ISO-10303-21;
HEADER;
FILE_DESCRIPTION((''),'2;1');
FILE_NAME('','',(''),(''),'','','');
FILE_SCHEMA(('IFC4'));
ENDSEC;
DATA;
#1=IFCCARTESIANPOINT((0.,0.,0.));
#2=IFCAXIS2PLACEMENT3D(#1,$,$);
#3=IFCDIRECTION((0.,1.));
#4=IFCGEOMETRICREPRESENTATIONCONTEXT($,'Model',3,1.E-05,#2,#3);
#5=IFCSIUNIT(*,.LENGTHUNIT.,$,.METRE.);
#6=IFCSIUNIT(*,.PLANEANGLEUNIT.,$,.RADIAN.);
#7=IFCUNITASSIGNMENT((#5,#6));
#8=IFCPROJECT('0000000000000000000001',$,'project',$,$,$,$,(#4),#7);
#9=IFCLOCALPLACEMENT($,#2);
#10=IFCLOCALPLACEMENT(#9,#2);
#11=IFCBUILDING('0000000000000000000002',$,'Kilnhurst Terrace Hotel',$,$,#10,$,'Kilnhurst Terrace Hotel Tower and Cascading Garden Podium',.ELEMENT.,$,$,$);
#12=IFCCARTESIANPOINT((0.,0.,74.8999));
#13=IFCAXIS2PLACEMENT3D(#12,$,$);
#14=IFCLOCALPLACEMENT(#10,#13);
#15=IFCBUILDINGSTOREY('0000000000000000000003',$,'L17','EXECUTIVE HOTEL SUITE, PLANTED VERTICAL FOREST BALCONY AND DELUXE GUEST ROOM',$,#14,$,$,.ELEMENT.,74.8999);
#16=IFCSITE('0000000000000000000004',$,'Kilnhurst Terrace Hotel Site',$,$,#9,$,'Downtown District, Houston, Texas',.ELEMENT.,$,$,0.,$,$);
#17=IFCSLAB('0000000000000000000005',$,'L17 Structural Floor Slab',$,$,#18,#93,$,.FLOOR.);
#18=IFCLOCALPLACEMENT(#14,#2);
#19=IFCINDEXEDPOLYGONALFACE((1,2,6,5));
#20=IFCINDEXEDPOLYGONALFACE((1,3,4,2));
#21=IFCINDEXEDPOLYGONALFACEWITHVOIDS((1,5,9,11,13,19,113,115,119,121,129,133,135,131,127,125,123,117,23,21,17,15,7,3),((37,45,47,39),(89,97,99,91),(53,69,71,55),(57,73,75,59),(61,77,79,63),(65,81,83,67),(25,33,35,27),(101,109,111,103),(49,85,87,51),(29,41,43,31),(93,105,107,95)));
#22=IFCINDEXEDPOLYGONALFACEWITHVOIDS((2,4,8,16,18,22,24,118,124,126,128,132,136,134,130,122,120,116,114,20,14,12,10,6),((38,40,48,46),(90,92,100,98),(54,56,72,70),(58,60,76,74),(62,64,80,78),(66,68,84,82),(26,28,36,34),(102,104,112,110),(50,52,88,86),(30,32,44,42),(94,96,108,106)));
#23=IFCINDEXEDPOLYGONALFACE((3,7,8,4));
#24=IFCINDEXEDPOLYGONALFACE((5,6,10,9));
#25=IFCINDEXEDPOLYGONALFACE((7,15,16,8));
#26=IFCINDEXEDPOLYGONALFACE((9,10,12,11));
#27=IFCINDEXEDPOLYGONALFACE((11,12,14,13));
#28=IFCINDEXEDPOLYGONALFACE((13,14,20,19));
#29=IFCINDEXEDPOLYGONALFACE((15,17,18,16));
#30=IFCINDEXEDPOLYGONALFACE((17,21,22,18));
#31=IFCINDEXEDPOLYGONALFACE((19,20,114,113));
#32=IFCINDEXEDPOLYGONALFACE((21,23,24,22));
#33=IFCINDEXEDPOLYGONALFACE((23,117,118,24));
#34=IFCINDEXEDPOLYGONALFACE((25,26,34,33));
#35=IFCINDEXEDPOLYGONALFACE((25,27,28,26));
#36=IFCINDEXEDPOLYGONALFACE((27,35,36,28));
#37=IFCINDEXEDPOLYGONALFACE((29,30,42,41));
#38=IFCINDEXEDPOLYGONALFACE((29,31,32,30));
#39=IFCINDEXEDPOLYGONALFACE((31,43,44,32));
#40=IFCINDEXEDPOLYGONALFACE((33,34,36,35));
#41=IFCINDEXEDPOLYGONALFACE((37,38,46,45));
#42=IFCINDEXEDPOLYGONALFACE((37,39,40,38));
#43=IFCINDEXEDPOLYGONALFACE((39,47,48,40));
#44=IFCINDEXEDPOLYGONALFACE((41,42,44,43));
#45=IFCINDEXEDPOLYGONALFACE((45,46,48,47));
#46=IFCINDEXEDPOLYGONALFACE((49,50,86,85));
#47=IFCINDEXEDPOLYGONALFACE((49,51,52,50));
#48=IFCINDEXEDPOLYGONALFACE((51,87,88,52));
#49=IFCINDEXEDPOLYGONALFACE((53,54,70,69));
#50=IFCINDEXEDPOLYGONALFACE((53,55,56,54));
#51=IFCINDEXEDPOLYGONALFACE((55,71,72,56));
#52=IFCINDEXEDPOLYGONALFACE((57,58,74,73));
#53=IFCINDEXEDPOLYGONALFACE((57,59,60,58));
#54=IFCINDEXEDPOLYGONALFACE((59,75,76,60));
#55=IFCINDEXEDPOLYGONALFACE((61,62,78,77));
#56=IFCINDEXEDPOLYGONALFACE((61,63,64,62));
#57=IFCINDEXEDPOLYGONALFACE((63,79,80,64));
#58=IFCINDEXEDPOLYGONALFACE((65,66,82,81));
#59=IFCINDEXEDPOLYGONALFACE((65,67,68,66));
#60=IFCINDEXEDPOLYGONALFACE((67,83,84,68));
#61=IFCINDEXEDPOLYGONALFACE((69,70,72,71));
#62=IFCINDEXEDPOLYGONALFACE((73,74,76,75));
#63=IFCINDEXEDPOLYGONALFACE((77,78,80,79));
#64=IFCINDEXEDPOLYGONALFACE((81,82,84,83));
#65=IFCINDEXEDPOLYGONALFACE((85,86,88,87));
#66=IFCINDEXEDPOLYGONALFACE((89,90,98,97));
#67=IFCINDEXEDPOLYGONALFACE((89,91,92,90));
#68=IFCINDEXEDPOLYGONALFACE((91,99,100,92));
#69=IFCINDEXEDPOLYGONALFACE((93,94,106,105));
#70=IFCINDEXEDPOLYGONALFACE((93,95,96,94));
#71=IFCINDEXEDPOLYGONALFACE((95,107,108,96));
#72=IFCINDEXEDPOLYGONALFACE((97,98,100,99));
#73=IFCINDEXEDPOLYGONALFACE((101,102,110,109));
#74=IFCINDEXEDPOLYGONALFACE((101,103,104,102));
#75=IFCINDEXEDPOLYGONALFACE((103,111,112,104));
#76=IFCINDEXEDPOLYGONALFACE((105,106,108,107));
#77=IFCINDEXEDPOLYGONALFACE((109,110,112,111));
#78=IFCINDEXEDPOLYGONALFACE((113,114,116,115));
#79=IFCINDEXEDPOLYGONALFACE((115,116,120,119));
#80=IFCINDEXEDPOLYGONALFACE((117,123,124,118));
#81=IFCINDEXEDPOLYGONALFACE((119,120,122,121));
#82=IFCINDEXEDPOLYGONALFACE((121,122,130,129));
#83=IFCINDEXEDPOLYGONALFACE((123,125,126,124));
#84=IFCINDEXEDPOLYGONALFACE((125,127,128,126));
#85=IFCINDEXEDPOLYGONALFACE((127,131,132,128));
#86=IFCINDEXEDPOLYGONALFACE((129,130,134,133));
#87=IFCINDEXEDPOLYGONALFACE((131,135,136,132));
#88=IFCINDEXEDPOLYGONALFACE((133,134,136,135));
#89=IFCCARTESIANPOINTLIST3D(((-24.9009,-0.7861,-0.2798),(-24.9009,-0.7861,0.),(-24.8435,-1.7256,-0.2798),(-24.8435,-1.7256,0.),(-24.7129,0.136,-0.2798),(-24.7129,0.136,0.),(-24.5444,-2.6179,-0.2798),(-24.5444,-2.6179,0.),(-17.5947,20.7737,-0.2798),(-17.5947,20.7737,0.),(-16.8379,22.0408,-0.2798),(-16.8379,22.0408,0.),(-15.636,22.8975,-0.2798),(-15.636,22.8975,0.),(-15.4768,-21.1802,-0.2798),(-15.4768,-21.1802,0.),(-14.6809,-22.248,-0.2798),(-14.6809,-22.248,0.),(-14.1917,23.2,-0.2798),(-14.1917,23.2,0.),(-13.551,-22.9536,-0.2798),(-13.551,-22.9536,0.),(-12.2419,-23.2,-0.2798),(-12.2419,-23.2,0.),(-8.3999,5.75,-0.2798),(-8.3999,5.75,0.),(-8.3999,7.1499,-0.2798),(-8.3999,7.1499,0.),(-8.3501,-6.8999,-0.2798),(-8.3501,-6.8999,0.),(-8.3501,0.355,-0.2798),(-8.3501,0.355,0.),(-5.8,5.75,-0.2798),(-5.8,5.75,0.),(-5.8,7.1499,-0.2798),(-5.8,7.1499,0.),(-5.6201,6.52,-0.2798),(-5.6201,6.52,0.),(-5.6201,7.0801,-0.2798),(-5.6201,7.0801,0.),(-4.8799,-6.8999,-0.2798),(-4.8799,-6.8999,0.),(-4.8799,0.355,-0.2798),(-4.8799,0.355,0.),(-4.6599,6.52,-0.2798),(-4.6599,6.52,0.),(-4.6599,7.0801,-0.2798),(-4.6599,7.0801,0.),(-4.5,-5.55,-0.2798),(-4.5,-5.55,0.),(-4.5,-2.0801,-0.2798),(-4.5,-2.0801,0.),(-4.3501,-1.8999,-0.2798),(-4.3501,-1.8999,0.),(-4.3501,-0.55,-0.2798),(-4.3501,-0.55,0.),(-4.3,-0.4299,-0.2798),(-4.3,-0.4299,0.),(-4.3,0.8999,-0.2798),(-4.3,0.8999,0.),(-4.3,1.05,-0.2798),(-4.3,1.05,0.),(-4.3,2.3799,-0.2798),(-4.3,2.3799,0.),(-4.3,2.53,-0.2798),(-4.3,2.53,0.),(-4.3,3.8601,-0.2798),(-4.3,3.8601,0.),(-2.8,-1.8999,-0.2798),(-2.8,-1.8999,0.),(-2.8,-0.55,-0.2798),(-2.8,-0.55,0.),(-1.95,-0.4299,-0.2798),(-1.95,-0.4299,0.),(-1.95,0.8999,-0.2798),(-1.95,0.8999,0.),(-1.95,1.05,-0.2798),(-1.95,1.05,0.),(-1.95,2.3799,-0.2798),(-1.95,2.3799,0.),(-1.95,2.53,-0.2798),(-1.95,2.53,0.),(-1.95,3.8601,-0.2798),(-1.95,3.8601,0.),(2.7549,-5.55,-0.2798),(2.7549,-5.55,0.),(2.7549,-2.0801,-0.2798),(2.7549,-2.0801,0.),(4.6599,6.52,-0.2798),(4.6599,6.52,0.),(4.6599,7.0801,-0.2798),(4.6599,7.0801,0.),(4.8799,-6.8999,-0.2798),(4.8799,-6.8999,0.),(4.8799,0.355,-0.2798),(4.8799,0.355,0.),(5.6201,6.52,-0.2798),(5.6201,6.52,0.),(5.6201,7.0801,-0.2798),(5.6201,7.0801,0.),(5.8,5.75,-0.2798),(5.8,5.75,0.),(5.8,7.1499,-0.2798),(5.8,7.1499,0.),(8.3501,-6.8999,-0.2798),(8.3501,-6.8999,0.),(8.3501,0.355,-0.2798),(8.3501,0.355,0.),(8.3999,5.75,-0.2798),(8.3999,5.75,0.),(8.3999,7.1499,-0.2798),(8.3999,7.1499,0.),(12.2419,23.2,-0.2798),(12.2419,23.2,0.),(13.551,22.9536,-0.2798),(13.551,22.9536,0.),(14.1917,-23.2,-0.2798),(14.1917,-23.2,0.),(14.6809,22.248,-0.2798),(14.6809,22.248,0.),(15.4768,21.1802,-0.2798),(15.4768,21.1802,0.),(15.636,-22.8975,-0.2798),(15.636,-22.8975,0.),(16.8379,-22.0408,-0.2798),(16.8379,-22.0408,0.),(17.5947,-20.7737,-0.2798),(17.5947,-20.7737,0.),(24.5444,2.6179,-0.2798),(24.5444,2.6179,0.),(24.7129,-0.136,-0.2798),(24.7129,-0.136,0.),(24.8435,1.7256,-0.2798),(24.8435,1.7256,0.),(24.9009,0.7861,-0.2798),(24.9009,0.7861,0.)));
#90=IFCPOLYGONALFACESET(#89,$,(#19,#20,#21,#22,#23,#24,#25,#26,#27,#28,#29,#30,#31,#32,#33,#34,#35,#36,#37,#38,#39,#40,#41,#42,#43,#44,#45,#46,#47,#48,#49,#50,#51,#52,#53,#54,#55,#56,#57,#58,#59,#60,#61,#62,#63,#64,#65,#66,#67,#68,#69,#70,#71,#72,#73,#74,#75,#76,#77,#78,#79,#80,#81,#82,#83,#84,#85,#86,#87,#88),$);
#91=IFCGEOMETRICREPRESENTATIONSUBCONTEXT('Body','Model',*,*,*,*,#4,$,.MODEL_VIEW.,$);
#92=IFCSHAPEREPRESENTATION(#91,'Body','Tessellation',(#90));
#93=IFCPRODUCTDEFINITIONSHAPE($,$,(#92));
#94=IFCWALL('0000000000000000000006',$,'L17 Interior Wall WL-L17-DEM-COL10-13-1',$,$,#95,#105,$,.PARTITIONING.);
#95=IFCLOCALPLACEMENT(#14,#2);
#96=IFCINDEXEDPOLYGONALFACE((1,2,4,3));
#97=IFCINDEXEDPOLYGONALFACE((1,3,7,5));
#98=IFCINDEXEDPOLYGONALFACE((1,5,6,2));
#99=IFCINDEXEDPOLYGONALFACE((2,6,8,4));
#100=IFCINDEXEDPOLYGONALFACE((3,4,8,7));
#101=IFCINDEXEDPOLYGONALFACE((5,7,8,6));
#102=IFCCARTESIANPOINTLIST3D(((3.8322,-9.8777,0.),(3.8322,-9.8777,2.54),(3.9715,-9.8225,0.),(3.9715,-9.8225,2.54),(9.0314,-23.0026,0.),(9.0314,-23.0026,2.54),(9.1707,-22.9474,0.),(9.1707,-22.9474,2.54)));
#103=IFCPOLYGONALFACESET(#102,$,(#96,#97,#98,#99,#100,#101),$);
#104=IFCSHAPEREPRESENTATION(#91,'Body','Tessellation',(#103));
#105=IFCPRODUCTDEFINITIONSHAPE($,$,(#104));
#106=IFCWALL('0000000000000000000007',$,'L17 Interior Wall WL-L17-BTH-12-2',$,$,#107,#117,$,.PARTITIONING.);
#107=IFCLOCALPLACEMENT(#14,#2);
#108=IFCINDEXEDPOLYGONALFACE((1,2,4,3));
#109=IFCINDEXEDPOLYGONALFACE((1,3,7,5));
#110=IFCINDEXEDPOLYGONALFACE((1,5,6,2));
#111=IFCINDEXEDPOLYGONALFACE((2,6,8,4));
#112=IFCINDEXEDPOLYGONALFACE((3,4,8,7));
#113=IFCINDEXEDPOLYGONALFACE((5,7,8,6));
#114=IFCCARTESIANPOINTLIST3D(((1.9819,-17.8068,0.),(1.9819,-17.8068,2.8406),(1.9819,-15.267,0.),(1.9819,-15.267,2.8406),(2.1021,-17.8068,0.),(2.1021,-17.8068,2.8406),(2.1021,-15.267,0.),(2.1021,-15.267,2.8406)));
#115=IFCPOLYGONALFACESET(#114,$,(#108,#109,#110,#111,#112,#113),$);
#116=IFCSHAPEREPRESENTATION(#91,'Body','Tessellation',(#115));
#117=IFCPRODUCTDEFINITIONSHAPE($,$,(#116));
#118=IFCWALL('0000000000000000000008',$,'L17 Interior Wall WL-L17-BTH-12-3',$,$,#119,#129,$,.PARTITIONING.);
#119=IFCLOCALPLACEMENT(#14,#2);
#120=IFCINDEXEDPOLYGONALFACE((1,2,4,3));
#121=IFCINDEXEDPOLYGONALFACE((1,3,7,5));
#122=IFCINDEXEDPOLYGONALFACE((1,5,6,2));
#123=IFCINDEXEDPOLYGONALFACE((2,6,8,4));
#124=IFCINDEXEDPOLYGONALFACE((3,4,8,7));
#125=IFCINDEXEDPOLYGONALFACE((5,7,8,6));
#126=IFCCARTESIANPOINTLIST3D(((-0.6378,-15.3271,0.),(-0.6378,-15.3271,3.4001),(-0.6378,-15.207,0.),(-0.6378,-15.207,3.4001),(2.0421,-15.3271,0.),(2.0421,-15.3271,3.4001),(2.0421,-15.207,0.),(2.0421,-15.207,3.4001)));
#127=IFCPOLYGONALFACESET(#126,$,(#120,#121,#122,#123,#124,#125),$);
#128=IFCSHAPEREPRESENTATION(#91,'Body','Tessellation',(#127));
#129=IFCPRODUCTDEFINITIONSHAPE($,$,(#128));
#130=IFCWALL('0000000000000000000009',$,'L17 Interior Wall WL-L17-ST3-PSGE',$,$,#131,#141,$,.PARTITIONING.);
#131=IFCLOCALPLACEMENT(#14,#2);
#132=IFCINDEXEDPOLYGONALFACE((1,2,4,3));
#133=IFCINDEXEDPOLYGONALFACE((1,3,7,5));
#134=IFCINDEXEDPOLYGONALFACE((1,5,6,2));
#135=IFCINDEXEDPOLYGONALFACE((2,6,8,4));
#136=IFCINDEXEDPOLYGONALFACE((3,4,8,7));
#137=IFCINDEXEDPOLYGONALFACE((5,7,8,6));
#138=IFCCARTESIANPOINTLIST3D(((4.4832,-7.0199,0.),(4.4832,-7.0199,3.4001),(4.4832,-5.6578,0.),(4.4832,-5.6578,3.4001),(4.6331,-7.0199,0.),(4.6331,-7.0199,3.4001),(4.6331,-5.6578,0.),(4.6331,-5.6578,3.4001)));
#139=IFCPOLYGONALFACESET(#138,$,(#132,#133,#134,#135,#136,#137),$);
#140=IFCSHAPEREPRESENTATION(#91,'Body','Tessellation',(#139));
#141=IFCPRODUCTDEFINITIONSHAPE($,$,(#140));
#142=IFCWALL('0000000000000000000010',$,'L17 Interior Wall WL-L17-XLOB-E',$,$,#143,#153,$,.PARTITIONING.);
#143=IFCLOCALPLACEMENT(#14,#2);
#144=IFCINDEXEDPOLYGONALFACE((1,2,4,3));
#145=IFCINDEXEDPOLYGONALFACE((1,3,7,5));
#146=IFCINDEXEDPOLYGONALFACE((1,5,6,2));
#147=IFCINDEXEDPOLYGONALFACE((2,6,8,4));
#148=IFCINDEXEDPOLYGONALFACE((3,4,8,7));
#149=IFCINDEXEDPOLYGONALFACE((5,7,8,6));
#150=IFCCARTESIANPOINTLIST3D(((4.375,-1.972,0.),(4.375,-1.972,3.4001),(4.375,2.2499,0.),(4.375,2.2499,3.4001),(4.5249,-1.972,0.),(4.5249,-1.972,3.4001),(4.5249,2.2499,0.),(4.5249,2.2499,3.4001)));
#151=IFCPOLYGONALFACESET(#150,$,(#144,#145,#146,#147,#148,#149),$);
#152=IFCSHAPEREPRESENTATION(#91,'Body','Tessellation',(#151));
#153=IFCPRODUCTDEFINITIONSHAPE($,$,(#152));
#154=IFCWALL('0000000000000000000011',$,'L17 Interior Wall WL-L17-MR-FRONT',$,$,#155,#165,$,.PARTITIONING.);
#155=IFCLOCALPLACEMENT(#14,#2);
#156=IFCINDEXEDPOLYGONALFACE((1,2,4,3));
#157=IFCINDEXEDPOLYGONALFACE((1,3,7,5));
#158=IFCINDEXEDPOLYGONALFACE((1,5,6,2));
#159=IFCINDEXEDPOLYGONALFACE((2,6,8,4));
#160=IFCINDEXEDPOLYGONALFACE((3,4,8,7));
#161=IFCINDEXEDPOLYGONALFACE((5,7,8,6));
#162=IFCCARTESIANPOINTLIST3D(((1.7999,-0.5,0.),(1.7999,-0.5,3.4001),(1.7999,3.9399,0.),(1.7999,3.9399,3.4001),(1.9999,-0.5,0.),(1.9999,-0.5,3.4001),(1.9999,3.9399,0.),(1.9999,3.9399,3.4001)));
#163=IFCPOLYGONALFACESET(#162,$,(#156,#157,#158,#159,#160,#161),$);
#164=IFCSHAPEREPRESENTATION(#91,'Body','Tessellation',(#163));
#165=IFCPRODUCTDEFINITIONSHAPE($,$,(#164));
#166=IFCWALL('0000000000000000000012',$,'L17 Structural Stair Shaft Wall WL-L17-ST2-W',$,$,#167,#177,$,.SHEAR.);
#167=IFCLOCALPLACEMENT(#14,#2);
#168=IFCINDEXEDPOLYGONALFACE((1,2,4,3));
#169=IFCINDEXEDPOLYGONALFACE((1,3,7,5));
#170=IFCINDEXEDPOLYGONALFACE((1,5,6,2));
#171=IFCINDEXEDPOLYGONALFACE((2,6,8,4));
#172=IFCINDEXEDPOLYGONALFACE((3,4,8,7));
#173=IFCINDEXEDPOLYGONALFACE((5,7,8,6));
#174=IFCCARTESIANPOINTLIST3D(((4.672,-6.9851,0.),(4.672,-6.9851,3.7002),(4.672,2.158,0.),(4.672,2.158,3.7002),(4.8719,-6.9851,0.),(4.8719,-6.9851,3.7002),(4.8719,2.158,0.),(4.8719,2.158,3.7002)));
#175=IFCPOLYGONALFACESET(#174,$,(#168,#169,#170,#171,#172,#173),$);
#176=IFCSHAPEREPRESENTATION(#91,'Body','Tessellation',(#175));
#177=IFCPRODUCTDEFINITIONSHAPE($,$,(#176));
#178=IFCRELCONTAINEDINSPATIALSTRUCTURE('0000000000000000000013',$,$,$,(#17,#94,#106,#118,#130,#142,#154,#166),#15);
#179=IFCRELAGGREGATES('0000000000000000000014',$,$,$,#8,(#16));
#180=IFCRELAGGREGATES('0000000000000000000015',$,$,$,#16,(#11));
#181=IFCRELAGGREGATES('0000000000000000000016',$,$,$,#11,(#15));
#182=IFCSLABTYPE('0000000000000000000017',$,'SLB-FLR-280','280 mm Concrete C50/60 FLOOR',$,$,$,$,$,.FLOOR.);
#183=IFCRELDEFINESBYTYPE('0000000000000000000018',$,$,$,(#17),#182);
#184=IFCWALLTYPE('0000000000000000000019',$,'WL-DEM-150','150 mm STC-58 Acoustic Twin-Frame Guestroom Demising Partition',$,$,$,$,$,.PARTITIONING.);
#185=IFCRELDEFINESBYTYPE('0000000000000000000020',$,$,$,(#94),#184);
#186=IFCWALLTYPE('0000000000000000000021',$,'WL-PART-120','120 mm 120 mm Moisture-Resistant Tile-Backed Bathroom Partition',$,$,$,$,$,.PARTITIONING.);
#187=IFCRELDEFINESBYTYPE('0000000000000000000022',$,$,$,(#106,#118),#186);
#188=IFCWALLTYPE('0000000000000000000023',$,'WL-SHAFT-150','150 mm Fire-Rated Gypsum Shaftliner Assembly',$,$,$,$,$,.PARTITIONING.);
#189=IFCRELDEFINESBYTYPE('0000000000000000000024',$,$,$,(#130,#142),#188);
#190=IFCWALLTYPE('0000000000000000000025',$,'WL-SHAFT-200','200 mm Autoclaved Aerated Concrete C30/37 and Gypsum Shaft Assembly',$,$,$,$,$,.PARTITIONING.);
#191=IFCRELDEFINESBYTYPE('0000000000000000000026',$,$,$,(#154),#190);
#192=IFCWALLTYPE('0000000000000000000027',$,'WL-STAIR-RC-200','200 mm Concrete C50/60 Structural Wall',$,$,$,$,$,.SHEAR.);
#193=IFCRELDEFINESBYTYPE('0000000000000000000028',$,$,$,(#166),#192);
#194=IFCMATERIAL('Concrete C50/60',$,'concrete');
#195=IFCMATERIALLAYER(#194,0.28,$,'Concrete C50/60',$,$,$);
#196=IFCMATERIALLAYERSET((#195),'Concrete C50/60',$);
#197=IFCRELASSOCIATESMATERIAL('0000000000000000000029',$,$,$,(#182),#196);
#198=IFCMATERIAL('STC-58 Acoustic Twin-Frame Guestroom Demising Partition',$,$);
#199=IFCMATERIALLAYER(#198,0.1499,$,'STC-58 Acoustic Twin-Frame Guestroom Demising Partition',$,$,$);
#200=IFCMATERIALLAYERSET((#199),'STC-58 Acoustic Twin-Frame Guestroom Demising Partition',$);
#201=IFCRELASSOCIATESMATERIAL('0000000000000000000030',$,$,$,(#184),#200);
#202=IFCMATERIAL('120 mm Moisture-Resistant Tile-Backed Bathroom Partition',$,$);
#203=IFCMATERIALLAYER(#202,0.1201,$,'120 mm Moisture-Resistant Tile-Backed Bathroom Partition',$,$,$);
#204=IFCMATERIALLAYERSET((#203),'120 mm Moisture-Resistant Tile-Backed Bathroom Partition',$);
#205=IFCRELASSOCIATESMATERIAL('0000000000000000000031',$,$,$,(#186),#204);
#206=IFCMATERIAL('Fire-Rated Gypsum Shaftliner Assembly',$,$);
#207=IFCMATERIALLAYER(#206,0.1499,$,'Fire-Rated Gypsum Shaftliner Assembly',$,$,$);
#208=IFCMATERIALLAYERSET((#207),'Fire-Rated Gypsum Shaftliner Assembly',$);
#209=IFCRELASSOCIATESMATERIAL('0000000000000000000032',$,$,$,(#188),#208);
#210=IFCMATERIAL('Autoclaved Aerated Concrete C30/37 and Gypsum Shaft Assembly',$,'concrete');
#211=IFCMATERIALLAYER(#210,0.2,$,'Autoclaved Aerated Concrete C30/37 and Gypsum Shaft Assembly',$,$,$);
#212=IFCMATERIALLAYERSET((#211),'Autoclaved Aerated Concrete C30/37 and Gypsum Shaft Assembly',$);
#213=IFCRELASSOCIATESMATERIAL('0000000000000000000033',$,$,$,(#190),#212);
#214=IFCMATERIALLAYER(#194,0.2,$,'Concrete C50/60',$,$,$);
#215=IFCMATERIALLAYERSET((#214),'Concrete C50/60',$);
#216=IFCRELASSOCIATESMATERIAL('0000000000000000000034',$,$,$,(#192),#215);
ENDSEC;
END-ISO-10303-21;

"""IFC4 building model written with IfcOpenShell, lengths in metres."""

from ifc_helpers import new_model, si_unit, direction, frame, frame_2d, origin, place, context, subcontext, project, spatial, polyline, rectangle, outline, extrude, material, layer, layer_set, type_object, element, save


model = new_model("IFC4")

# Units and contexts
model_context = context("Model", 3, precision=1e-05, world=origin(), true_north=direction((0.0, 1.0)))
body_context = subcontext(model_context, "Body", "Model", "MODEL_VIEW")
ifc_project = project(units=[si_unit("LENGTHUNIT", "METRE"), si_unit("PLANEANGLEUNIT", "RADIAN")], contexts=[model_context])

# Site, building, storey
site_placement = place(None, origin())
site = spatial("IfcSite", under=ifc_project, at=site_placement, Name="Kilnhurst Terrace Hotel Site", LongName="Downtown District, Houston, Texas", CompositionType="ELEMENT", RefElevation=0.0)
building_placement = place(site_placement, origin())
building = spatial("IfcBuilding", under=site, at=building_placement, Name="Kilnhurst Terrace Hotel", LongName="Kilnhurst Terrace Hotel Tower and Cascading Garden Podium", CompositionType="ELEMENT")
storey_placement = place(building_placement, frame((0.0, 0.0, 74.8999)))
storey = spatial("IfcBuildingStorey", under=building, at=storey_placement, Name="L17", Description="EXECUTIVE HOTEL SUITE, PLANTED VERTICAL FOREST BALCONY AND DELUXE GUEST ROOM", CompositionType="ELEMENT", Elevation=74.8999)

# Shared definitions
ifc_material_1 = material(Name="Concrete C50/60", Category="concrete")

# Slab
ifc_layer_1 = layer(ifc_material_1, 0.28, Name="Concrete C50/60")
ifc_layer_set_1 = layer_set([ifc_layer_1], Name="Concrete C50/60")
slab_type_1 = type_object("IfcSlabType", Name="SLB-FLR-280", Description="280 mm Concrete C50/60 FLOOR", PredefinedType="FLOOR", material=ifc_layer_set_1)
slab_1_placement = place(storey_placement, frame((0.0, 0.0, -0.2798)))
element("IfcSlab", 1, at=slab_1_placement, inside=storey, type_object=slab_type_1, Name="L17 Structural Floor Slab", PredefinedType="FLOOR", context=body_context, shape_type="SweptSolid", body=[
    extrude(outline(polyline([(-15.4768, -21.1802), (-14.6809, -22.248), (-13.551, -22.9536), (-12.2419, -23.2), (14.1917, -23.2), (15.636, -22.8975), (16.8379, -22.0408), (17.5947, -20.7737), (24.7129, -0.136), (24.9009, 0.7861), (24.8435, 1.7256), (24.5444, 2.6179), (15.4768, 21.1802), (14.6809, 22.248), (13.551, 22.9536), (12.2419, 23.2), (-14.1917, 23.2), (-15.636, 22.8975), (-16.8379, 22.0408), (-17.5947, 20.7737), (-24.7129, 0.136), (-24.9009, -0.7861), (-24.8435, -1.7256), (-24.5444, -2.6179), (-15.4768, -21.1802)]), holes=[polyline([(-8.3501, 0.355), (-4.8799, 0.355), (-4.8799, -6.8999), (-8.3501, -6.8999), (-8.3501, 0.355)]), polyline([(-2.8, -1.8999), (-4.3501, -1.8999), (-4.3501, -0.55), (-2.8, -0.55), (-2.8, -1.8999)]), polyline([(-1.95, -0.4299), (-4.3, -0.4299), (-4.3, 0.8999), (-1.95, 0.8999), (-1.95, -0.4299)]), polyline([(-4.3, 1.05), (-4.3, 2.3799), (-1.95, 2.3799), (-1.95, 1.05), (-4.3, 1.05)]), polyline([(-8.3999, 5.75), (-8.3999, 7.1499), (-5.8, 7.1499), (-5.8, 5.75), (-8.3999, 5.75)]), polyline([(-4.6599, 6.52), (-5.6201, 6.52), (-5.6201, 7.0801), (-4.6599, 7.0801), (-4.6599, 6.52)]), polyline([(2.7549, -5.55), (-4.5, -5.55), (-4.5, -2.0801), (2.7549, -2.0801), (2.7549, -5.55)]), polyline([(8.3501, 0.355), (8.3501, -6.8999), (4.8799, -6.8999), (4.8799, 0.355), (8.3501, 0.355)]), polyline([(-1.95, 2.53), (-4.3, 2.53), (-4.3, 3.8601), (-1.95, 3.8601), (-1.95, 2.53)]), polyline([(5.8, 5.75), (5.8, 7.1499), (8.3999, 7.1499), (8.3999, 5.75), (5.8, 5.75)]), polyline([(4.6599, 6.52), (4.6599, 7.0801), (5.6201, 7.0801), (5.6201, 6.52), (4.6599, 6.52)])]), origin(), (0.0, 0.0, 1.0), 0.2798),
])

# Walls
ifc_material_2 = material(Name="STC-58 Acoustic Twin-Frame Guestroom Demising Partition")
ifc_layer_2 = layer(ifc_material_2, 0.1499, Name="STC-58 Acoustic Twin-Frame Guestroom Demising Partition")
ifc_layer_set_2 = layer_set([ifc_layer_2], Name="STC-58 Acoustic Twin-Frame Guestroom Demising Partition")
wall_type_1 = type_object("IfcWallType", Name="WL-DEM-150", Description="150 mm STC-58 Acoustic Twin-Frame Guestroom Demising Partition", PredefinedType="PARTITIONING", material=ifc_layer_set_2)
wall_1_placement = place(storey_placement, frame((3.9019, -9.8501, 0.0), z_axis=(0.0, 0.0, 1.0), x_axis=(0.368288, -0.929712, 0.0)))
element("IfcWall", 2, at=wall_1_placement, inside=storey, type_object=wall_type_1, Name="L17 Interior Wall WL-L17-DEM-COL10-13-1", PredefinedType="PARTITIONING", context=body_context, shape_type="SweptSolid", body=[
    extrude(rectangle(XDim=14.1172, YDim=0.1499, at=frame_2d((7.0586, 0.0))), origin(), (0.0, 0.0, 1.0), 2.54),
])
ifc_material_3 = material(Name="120 mm Moisture-Resistant Tile-Backed Bathroom Partition")
ifc_layer_3 = layer(ifc_material_3, 0.1201, Name="120 mm Moisture-Resistant Tile-Backed Bathroom Partition")
ifc_layer_set_3 = layer_set([ifc_layer_3], Name="120 mm Moisture-Resistant Tile-Backed Bathroom Partition")
wall_type_2 = type_object("IfcWallType", Name="WL-PART-120", Description="120 mm 120 mm Moisture-Resistant Tile-Backed Bathroom Partition", PredefinedType="PARTITIONING", material=ifc_layer_set_3)
wall_2_placement = place(storey_placement, frame((2.042, -17.8069, 0.0), z_axis=(0.0, 0.0, 1.0), x_axis=(0.0, 1.0, 0.0)))
element("IfcWall", 3, at=wall_2_placement, inside=storey, type_object=wall_type_2, Name="L17 Interior Wall WL-L17-BTH-12-2", PredefinedType="PARTITIONING", context=body_context, shape_type="SweptSolid", body=[
    extrude(rectangle(XDim=2.5398, YDim=0.1201, at=frame_2d((1.27, 0.0))), origin(), (0.0, 0.0, 1.0), 2.8406),
])
wall_3_placement = place(storey_placement, frame((2.042, -15.2671, 0.0), z_axis=(0.0, 0.0, 1.0), x_axis=(-1.0, 0.0, 0.0)))
element("IfcWall", 4, at=wall_3_placement, inside=storey, type_object=wall_type_2, Name="L17 Interior Wall WL-L17-BTH-12-3", PredefinedType="PARTITIONING", context=body_context, shape_type="SweptSolid", body=[
    extrude(rectangle(XDim=2.6799, YDim=0.1201, at=frame_2d((1.3398, 0.0))), origin(), (0.0, 0.0, 1.0), 3.4001),
])
ifc_material_4 = material(Name="Fire-Rated Gypsum Shaftliner Assembly")
ifc_layer_4 = layer(ifc_material_4, 0.1499, Name="Fire-Rated Gypsum Shaftliner Assembly")
ifc_layer_set_4 = layer_set([ifc_layer_4], Name="Fire-Rated Gypsum Shaftliner Assembly")
wall_type_3 = type_object("IfcWallType", Name="WL-SHAFT-150", Description="150 mm Fire-Rated Gypsum Shaftliner Assembly", PredefinedType="PARTITIONING", material=ifc_layer_set_4)
wall_4_placement = place(storey_placement, frame((4.5581, -7.02, 0.0), z_axis=(0.0, 0.0, 1.0), x_axis=(0.0, 1.0, 0.0)))
element("IfcWall", 5, at=wall_4_placement, inside=storey, type_object=wall_type_3, Name="L17 Interior Wall WL-L17-ST3-PSGE", PredefinedType="PARTITIONING", context=body_context, shape_type="SweptSolid", body=[
    extrude(rectangle(XDim=1.3621, YDim=0.1499, at=frame_2d((0.6812, 0.0))), origin(), (0.0, 0.0, 1.0), 3.4001),
])
wall_5_placement = place(storey_placement, frame((4.45, -1.9719, 0.0), z_axis=(0.0, 0.0, 1.0), x_axis=(0.0, 1.0, 0.0)))
element("IfcWall", 6, at=wall_5_placement, inside=storey, type_object=wall_type_3, Name="L17 Interior Wall WL-L17-XLOB-E", PredefinedType="PARTITIONING", context=body_context, shape_type="SweptSolid", body=[
    extrude(rectangle(XDim=4.2219, YDim=0.1499, at=frame_2d((2.1108, 0.0))), origin(), (0.0, 0.0, 1.0), 3.4001),
])
ifc_material_5 = material(Name="Autoclaved Aerated Concrete C30/37 and Gypsum Shaft Assembly", Category="concrete")
ifc_layer_5 = layer(ifc_material_5, 0.2, Name="Autoclaved Aerated Concrete C30/37 and Gypsum Shaft Assembly")
ifc_layer_set_5 = layer_set([ifc_layer_5], Name="Autoclaved Aerated Concrete C30/37 and Gypsum Shaft Assembly")
wall_type_4 = type_object("IfcWallType", Name="WL-SHAFT-200", Description="200 mm Autoclaved Aerated Concrete C30/37 and Gypsum Shaft Assembly", PredefinedType="PARTITIONING", material=ifc_layer_set_5)
wall_6_placement = place(storey_placement, frame((1.8999, -0.5, 0.0), z_axis=(0.0, 0.0, 1.0), x_axis=(0.0, 1.0, 0.0)))
element("IfcWall", 7, at=wall_6_placement, inside=storey, type_object=wall_type_4, Name="L17 Interior Wall WL-L17-MR-FRONT", PredefinedType="PARTITIONING", context=body_context, shape_type="SweptSolid", body=[
    extrude(rectangle(XDim=4.4399, YDim=0.2, at=frame_2d((2.22, 0.0))), origin(), (0.0, 0.0, 1.0), 3.4001),
])
ifc_layer_6 = layer(ifc_material_1, 0.2, Name="Concrete C50/60")
ifc_layer_set_6 = layer_set([ifc_layer_6], Name="Concrete C50/60")
wall_type_5 = type_object("IfcWallType", Name="WL-STAIR-RC-200", Description="200 mm Concrete C50/60 Structural Wall", PredefinedType="SHEAR", material=ifc_layer_set_6)
for number, where, z_axis, x_axis, name in (
    (8, (4.772, -6.9851, 0.0), (0.0, 0.0, 1.0), (0.0, 1.0, 0.0), "L17 Structural Stair Shaft Wall WL-L17-ST2-W"),
):
    element("IfcWall", number, at=place(storey_placement, frame(where, z_axis=z_axis, x_axis=x_axis)), inside=storey, type_object=wall_type_5, Name=name, PredefinedType="SHEAR", context=body_context, shape_type="SweptSolid", body=[
        extrude(rectangle(XDim=9.1431, YDim=0.2, at=frame_2d((4.5715, 0.0))), origin(), (0.0, 0.0, 1.0), 3.7002),
    ])

save(model, "model.ifc")
